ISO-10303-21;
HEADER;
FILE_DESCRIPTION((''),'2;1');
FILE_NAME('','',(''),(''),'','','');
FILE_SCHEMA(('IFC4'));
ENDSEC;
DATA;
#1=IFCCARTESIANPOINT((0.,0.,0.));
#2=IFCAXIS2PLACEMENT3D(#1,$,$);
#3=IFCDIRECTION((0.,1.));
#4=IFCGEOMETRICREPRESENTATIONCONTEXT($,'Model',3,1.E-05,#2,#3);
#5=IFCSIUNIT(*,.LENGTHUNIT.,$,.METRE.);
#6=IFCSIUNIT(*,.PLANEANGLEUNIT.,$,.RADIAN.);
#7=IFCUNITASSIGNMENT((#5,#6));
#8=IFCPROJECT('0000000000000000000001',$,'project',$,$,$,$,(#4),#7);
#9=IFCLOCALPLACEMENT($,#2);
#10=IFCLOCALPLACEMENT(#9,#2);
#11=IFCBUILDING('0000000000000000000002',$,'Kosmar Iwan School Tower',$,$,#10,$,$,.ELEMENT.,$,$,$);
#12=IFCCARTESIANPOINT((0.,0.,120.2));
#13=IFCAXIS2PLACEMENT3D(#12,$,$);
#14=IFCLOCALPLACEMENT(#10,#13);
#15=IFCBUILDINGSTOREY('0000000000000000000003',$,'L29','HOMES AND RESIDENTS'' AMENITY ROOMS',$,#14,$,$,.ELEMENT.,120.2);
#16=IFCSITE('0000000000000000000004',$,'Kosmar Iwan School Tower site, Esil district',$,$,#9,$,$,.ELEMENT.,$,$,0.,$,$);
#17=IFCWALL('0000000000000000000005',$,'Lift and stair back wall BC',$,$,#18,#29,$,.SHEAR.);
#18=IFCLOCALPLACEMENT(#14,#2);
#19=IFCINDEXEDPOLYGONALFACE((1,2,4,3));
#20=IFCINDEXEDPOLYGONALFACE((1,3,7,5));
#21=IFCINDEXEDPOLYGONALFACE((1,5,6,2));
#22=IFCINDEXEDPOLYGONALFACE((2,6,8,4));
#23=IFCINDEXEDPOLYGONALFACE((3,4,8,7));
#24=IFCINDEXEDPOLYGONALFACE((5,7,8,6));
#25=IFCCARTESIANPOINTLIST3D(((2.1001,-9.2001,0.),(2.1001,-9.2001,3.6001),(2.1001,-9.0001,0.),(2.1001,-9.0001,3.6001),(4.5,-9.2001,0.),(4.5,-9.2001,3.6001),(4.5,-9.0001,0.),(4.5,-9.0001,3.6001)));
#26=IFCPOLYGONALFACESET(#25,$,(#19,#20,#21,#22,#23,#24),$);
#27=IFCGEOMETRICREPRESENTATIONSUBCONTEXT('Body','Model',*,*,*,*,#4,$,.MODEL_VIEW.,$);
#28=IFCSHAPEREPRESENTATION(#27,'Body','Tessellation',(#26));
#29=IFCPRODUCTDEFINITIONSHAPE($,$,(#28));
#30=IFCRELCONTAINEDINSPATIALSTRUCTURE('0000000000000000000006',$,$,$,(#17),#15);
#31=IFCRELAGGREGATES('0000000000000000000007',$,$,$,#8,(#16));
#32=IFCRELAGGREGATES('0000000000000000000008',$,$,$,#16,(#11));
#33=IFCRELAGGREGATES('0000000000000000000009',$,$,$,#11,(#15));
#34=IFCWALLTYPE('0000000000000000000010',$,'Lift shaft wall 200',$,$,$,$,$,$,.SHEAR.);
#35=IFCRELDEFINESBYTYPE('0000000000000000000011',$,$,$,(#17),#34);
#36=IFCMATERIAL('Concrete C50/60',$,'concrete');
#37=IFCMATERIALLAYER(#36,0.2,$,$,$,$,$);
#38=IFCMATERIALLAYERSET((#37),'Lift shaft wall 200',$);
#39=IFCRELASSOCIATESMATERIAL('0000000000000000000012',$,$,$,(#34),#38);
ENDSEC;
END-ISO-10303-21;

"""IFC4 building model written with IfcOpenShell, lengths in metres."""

from ifc_helpers import new_model, si_unit, direction, frame, frame_2d, origin, place, context, subcontext, project, spatial, rectangle, extrude, material, layer, layer_set, type_object, element, save


model = new_model("IFC4")

# Units and contexts
model_context = context("Model", 3, precision=1e-05, world=origin(), true_north=direction((0.0, 1.0)))
body_context = subcontext(model_context, "Body", "Model", "MODEL_VIEW")
ifc_project = project(units=[si_unit("LENGTHUNIT", "METRE"), si_unit("PLANEANGLEUNIT", "RADIAN")], contexts=[model_context])

# Site, building, storey
site_placement = place(None, origin())
site = spatial("IfcSite", under=ifc_project, at=site_placement, Name="Kosmar Iwan School Tower site, Esil district", CompositionType="ELEMENT", RefElevation=0.0)
building_placement = place(site_placement, origin())
building = spatial("IfcBuilding", under=site, at=building_placement, Name="Kosmar Iwan School Tower", CompositionType="ELEMENT")
storey_placement = place(building_placement, frame((0.0, 0.0, 120.2)))
storey = spatial("IfcBuildingStorey", under=building, at=storey_placement, Name="L29", Description="HOMES AND RESIDENTS' AMENITY ROOMS", CompositionType="ELEMENT", Elevation=120.2)

# Wall
ifc_material_1 = material(Name="Concrete C50/60", Category="concrete")
ifc_layer_1 = layer(ifc_material_1, 0.2)
ifc_layer_set_1 = layer_set([ifc_layer_1], Name="Lift shaft wall 200")
wall_type_1 = type_object("IfcWallType", Name="Lift shaft wall 200", PredefinedType="SHEAR", material=ifc_layer_set_1)
wall_1_placement = place(storey_placement, frame((2.1001, -9.1001, 0.0), z_axis=(0.0, 0.0, 1.0), x_axis=(1.0, 0.0, 0.0)))
element("IfcWall", 1, at=wall_1_placement, inside=storey, type_object=wall_type_1, Name="Lift and stair back wall BC", PredefinedType="SHEAR", context=body_context, shape_type="SweptSolid", body=[
    extrude(rectangle(XDim=2.3999, YDim=0.2, at=frame_2d((1.2, 0.0))), origin(), (0.0, 0.0, 1.0), 3.6001),
])

save(model, "model.ifc")
